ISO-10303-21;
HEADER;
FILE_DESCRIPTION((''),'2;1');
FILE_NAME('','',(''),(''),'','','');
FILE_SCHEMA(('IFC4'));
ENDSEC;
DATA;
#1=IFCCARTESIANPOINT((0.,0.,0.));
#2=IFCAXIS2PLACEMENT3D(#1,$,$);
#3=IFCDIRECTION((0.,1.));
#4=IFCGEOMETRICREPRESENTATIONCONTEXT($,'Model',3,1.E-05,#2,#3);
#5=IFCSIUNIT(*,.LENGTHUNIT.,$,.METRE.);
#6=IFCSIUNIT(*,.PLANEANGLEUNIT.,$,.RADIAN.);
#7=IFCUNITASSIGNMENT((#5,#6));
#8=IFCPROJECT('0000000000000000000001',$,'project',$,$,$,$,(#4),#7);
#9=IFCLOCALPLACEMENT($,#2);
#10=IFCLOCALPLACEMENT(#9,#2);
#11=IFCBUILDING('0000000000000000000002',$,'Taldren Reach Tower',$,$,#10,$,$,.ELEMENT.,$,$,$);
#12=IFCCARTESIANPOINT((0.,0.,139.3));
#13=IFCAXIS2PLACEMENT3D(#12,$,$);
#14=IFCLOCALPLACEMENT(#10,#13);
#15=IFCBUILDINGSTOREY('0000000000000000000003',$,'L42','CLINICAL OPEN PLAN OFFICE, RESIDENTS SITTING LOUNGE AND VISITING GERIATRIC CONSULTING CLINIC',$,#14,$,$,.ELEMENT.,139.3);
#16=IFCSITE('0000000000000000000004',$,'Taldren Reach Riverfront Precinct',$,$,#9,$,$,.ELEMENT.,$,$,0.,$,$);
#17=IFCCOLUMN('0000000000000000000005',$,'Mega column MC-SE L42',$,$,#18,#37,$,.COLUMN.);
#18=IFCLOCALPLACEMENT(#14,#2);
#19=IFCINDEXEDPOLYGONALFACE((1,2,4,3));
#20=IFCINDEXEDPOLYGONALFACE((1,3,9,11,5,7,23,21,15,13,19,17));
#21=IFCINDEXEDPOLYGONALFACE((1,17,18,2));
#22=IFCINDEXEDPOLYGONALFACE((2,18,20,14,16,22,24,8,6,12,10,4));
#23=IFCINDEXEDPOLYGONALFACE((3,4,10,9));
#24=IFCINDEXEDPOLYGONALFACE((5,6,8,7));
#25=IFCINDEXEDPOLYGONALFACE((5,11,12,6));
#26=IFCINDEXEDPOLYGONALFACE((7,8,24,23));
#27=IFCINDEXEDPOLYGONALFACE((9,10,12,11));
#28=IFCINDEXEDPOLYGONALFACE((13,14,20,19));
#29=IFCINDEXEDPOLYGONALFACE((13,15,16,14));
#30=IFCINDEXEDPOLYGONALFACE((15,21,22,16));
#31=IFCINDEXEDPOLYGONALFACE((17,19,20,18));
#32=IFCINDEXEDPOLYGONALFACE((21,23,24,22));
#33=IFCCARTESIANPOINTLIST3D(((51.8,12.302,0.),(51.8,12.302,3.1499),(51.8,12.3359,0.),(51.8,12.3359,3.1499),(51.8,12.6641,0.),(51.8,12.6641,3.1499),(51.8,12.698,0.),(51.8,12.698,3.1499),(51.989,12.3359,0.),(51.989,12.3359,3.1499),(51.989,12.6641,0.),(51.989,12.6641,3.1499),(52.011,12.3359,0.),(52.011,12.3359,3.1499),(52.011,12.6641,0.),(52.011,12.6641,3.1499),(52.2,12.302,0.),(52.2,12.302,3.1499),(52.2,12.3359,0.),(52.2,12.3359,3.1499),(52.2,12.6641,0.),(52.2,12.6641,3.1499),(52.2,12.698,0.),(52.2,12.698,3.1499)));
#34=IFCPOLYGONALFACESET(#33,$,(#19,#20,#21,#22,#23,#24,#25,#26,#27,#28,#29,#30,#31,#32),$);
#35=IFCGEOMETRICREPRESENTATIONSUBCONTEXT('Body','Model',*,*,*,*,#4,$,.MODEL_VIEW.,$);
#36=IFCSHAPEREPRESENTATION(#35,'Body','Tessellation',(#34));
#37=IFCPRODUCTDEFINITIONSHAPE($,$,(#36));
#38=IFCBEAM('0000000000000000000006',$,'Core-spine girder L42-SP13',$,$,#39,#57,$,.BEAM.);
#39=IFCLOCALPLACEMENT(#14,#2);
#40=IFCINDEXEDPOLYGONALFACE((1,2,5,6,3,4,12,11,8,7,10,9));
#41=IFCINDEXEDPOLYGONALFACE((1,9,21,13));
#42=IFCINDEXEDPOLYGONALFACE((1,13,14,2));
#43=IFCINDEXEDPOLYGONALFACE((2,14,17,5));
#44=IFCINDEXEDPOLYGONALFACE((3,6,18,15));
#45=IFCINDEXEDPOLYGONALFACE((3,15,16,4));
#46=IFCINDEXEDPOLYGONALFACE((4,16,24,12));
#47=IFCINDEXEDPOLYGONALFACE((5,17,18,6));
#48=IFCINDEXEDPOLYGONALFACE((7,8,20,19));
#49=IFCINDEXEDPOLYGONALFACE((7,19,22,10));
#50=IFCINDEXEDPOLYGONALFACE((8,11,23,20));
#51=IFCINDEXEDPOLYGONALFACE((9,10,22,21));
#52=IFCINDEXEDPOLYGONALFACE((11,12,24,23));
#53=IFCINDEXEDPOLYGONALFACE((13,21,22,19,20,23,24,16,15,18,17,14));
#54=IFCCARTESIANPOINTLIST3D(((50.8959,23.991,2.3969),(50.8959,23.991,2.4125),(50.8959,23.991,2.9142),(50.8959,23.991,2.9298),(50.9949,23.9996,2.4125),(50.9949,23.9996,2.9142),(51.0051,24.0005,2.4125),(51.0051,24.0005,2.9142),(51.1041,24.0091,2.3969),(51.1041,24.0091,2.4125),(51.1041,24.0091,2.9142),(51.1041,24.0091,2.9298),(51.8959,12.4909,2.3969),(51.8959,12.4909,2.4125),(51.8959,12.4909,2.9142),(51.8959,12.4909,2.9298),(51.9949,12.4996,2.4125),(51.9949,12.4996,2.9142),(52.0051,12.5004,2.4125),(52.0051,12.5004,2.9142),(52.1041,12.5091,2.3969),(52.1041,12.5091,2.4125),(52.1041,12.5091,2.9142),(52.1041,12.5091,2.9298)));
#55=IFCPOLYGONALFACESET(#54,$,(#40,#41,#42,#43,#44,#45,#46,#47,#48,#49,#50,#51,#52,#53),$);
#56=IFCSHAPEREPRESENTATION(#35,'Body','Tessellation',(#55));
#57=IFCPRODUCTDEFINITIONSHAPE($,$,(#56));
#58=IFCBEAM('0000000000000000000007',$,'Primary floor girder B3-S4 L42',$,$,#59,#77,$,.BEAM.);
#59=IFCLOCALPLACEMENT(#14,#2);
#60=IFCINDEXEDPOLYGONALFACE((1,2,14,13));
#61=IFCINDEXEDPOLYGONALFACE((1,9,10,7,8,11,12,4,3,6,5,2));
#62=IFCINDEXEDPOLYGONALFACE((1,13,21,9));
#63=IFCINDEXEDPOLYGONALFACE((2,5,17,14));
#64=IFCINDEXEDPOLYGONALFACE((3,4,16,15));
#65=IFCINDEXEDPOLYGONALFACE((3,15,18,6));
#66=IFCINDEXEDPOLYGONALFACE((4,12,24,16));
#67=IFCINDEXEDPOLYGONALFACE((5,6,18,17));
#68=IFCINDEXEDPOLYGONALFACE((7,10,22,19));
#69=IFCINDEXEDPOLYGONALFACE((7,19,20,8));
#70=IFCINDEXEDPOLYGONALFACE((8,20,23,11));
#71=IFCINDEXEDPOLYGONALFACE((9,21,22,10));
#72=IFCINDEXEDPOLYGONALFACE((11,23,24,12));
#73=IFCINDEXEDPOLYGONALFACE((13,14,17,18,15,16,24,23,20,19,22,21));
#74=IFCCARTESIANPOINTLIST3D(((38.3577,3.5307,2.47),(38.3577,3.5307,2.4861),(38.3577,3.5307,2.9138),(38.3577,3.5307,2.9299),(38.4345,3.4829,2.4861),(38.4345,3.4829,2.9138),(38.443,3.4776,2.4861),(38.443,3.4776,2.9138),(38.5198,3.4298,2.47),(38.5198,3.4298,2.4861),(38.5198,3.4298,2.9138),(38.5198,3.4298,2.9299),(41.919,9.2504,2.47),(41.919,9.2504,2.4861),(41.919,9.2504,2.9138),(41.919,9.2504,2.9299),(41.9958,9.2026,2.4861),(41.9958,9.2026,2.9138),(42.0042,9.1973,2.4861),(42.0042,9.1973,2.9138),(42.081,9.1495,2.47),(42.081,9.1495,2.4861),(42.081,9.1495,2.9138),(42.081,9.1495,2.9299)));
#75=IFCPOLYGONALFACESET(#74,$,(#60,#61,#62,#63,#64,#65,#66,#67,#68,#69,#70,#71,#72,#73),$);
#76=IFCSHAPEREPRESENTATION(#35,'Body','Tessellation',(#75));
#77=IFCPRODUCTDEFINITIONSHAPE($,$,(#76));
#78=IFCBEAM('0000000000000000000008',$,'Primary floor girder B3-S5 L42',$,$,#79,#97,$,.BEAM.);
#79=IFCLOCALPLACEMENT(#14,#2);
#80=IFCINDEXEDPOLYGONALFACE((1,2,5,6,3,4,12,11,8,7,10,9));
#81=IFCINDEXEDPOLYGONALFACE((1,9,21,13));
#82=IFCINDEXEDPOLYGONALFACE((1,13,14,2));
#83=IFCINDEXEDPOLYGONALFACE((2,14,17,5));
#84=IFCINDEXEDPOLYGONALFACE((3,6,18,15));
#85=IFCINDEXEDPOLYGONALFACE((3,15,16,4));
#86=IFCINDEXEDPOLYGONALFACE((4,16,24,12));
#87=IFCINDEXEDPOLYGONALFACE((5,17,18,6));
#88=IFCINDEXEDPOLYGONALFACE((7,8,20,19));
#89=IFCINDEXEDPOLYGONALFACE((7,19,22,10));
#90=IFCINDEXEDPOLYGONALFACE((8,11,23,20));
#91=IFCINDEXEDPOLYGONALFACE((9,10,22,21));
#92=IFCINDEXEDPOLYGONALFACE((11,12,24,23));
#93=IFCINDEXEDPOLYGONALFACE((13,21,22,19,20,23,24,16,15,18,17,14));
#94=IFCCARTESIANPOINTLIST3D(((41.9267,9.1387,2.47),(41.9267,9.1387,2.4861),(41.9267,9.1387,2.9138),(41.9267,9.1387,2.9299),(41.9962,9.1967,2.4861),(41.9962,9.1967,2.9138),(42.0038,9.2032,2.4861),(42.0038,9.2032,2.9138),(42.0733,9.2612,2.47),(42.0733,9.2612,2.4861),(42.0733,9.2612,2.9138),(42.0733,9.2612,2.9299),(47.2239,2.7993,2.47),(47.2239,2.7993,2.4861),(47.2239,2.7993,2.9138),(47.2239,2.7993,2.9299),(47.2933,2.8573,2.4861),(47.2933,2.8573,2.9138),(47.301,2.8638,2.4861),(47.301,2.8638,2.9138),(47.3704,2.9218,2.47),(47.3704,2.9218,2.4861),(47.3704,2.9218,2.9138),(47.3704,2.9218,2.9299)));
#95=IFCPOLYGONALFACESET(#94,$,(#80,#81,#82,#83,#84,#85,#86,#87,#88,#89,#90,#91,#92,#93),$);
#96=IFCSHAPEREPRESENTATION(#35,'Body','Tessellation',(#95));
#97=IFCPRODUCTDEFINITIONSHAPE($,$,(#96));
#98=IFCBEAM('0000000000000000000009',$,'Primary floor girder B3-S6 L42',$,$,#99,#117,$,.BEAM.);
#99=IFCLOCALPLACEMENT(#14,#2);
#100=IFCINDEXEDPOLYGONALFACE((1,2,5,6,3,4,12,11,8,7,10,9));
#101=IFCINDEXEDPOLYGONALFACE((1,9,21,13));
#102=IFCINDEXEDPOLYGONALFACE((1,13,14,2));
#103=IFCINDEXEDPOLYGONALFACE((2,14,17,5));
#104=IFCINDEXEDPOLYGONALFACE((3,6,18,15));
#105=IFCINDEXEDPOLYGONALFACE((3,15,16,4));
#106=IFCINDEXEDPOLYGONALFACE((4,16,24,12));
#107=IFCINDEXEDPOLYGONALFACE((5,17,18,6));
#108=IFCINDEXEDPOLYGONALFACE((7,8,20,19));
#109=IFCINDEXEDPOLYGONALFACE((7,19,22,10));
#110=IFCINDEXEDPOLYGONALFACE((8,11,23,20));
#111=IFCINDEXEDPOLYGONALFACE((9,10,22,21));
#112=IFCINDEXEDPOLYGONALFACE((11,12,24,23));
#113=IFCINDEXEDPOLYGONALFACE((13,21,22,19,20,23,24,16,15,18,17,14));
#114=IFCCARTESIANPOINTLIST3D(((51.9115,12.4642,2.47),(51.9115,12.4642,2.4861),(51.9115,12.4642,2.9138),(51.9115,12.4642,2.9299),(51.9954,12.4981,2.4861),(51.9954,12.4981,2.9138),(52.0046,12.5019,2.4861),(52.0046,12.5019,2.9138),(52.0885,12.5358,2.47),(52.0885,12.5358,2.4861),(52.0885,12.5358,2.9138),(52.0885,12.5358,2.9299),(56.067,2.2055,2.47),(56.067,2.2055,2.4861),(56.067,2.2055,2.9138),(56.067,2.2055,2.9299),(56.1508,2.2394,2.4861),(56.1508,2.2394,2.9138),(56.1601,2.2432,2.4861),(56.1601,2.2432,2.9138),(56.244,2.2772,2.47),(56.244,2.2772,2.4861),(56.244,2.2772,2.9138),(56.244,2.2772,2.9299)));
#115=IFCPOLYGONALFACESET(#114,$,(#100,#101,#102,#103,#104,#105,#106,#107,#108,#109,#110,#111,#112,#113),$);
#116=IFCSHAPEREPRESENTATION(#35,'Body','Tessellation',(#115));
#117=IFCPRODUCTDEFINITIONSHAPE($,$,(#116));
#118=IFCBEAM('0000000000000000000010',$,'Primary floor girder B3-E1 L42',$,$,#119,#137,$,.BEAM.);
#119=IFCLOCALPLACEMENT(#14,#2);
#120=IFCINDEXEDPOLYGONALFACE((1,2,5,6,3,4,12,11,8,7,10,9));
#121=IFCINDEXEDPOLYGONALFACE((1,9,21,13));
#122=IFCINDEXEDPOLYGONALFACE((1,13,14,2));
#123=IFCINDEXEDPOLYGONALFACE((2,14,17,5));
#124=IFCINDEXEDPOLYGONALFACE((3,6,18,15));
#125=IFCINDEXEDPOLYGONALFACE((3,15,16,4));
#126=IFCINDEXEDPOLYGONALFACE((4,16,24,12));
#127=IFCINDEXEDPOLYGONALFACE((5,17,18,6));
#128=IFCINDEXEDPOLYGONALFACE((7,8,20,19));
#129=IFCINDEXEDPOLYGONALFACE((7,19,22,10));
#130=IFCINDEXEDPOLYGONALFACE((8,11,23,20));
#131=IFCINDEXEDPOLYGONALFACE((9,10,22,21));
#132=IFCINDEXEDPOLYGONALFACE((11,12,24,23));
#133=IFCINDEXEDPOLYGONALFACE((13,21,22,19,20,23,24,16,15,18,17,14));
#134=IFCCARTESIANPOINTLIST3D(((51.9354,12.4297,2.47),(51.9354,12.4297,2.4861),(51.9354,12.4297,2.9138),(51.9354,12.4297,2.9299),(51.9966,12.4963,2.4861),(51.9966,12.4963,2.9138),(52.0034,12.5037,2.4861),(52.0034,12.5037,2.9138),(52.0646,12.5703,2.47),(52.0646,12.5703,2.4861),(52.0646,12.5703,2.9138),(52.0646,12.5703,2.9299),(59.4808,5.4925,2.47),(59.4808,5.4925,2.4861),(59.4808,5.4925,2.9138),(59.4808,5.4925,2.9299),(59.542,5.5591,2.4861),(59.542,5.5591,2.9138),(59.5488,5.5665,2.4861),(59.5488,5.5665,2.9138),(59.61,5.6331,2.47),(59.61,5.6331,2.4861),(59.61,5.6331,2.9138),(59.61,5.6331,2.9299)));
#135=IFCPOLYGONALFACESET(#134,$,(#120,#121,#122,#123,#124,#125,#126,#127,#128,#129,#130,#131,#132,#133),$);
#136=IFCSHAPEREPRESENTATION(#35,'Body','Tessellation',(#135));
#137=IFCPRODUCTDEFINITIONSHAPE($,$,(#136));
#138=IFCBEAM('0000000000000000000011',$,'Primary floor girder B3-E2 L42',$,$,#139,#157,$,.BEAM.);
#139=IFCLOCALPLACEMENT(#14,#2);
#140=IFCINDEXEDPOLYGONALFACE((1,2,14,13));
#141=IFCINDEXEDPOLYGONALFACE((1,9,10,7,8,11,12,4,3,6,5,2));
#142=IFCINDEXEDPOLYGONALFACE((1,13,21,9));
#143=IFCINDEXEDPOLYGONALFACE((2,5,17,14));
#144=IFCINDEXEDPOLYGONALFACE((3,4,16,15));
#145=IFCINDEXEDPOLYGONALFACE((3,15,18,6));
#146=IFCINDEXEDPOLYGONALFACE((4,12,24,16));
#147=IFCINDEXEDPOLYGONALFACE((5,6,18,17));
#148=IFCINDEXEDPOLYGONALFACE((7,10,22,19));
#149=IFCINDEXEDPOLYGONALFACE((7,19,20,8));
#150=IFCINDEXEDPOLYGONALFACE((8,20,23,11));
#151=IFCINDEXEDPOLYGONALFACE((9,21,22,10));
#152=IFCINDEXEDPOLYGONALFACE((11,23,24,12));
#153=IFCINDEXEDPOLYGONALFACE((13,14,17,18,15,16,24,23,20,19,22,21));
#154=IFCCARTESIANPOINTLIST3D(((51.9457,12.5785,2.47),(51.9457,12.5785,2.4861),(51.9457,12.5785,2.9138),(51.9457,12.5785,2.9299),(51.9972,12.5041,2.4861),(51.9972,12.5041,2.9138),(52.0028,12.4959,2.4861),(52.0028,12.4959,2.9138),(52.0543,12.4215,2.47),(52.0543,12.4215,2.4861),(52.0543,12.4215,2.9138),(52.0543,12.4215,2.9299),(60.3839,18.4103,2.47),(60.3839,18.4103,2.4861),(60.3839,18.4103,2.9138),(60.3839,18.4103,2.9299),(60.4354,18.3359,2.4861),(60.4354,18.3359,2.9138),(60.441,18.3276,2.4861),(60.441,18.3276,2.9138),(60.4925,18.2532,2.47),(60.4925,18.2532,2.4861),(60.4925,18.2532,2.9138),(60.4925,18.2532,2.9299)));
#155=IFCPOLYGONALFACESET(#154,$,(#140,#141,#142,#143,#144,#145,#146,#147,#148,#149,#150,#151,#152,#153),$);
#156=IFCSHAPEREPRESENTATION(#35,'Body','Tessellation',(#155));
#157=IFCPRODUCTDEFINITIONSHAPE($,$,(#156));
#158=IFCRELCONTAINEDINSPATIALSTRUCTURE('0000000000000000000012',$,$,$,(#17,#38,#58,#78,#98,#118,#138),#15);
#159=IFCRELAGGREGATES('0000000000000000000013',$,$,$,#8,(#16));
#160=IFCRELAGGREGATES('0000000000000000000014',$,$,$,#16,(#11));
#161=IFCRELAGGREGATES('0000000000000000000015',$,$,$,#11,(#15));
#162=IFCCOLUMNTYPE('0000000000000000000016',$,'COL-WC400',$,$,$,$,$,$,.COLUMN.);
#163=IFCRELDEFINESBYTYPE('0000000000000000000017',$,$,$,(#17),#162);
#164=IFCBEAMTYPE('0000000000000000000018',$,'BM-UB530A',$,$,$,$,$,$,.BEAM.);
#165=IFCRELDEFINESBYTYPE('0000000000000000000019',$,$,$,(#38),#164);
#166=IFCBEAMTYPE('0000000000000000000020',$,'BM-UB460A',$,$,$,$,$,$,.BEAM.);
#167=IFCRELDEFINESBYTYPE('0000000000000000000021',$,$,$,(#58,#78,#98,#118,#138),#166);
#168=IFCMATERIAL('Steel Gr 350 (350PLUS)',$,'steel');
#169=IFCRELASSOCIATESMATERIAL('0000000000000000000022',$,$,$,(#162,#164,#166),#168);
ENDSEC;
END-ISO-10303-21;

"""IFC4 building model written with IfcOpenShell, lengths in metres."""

from ifc_helpers import new_model, si_unit, direction, frame, origin, origin_2d, place, context, subcontext, project, spatial, i_section, extrude, source, transform, mapped, material, material_profile, profile_set, type_object, element, save


model = new_model("IFC4")

# Units and contexts
model_context = context("Model", 3, precision=1e-05, world=origin(), true_north=direction((0.0, 1.0)))
body_context = subcontext(model_context, "Body", "Model", "MODEL_VIEW")
ifc_project = project(units=[si_unit("LENGTHUNIT", "METRE"), si_unit("PLANEANGLEUNIT", "RADIAN")], contexts=[model_context])

# Site, building, storey
site_placement = place(None, origin())
site = spatial("IfcSite", under=ifc_project, at=site_placement, Name="Taldren Reach Riverfront Precinct", CompositionType="ELEMENT", RefElevation=0.0)
building_placement = place(site_placement, origin())
building = spatial("IfcBuilding", under=site, at=building_placement, Name="Taldren Reach Tower", CompositionType="ELEMENT")
storey_placement = place(building_placement, frame((0.0, 0.0, 139.3)))
storey = spatial("IfcBuildingStorey", under=building, at=storey_placement, Name="L42", Description="CLINICAL OPEN PLAN OFFICE, RESIDENTS SITTING LOUNGE AND VISITING GERIATRIC CONSULTING CLINIC", CompositionType="ELEMENT", Elevation=139.3)

# Column
ifc_material_1 = material(Name="Steel Gr 350 (350PLUS)", Category="steel")
ifc_material_profile_1 = material_profile(ifc_material_1, i_section(OverallWidth=0.3999, OverallDepth=0.396, WebThickness=0.022, FlangeThickness=0.0339, at=origin_2d()), Name="400WC270")
ifc_profile_set_1 = profile_set([ifc_material_profile_1], Name="Steel Gr 350 (350PLUS)")
column_type = type_object("IfcColumnType", Name="COL-WC400", PredefinedType="COLUMN", material=ifc_profile_set_1)
shared_shape_1 = source(origin(), body_context, "Body", "SweptSolid", [
    extrude(i_section(OverallWidth=0.3999, OverallDepth=0.396, WebThickness=0.022, FlangeThickness=0.0339, at=origin_2d()), origin(), (0.0, 0.0, 1.0), 3.1499),
])
column_placement = place(storey_placement, frame((52.0, 12.5, 0.0), z_axis=(0.0, 0.0, 1.0), x_axis=(1.0, 0.0, 0.0)))
element("IfcColumn", 1, at=column_placement, inside=storey, type_object=column_type, Name="Mega column MC-SE L42", PredefinedType="COLUMN", context=body_context, shape_type="MappedRepresentation", body=[
    mapped(shared_shape_1, transform((0.0, 0.0, 0.0), scale=1.0)),
])

# Beams
ifc_material_profile_2 = material_profile(ifc_material_1, i_section(OverallWidth=0.209, OverallDepth=0.533, WebThickness=0.0103, FlangeThickness=0.0156, at=origin_2d()), Name="530UB92.4")
ifc_profile_set_2 = profile_set([ifc_material_profile_2], Name="Steel Gr 350 (350PLUS)")
beam_type_1 = type_object("IfcBeamType", Name="BM-UB530A", PredefinedType="BEAM", material=ifc_profile_set_2)
shared_shape_2 = source(origin(), body_context, "Body", "SweptSolid", [
    extrude(i_section(OverallWidth=0.209, OverallDepth=0.533, WebThickness=0.0103, FlangeThickness=0.0156, at=origin_2d()), origin(), (0.0, 0.0, 1.0), 11.5435),
])
beam_1_placement = place(storey_placement, frame((52.0, 12.5, 2.6633), z_axis=(-0.08663, 0.996241, 0.0), x_axis=(-0.996241, -0.08663, 0.0)))
element("IfcBeam", 2, at=beam_1_placement, inside=storey, type_object=beam_type_1, Name="Core-spine girder L42-SP13", PredefinedType="BEAM", context=body_context, shape_type="MappedRepresentation", body=[
    mapped(shared_shape_2, transform((0.0, 0.0, 0.0), scale=1.0)),
])
ifc_material_profile_3 = material_profile(ifc_material_1, i_section(OverallWidth=0.1909, OverallDepth=0.46, WebThickness=0.01, FlangeThickness=0.0161, at=origin_2d()), Name="460UB82.1")
ifc_profile_set_3 = profile_set([ifc_material_profile_3], Name="Steel Gr 350 (350PLUS)")
beam_type_2 = type_object("IfcBeamType", Name="BM-UB460A", PredefinedType="BEAM", material=ifc_profile_set_3)
shared_shape_3 = source(origin(), body_context, "Body", "SweptSolid", [
    extrude(i_section(OverallWidth=0.1909, OverallDepth=0.46, WebThickness=0.01, FlangeThickness=0.0161, at=origin_2d()), origin(), (0.0, 0.0, 1.0), 6.7378),
])
beam_2_placement = place(storey_placement, frame((42.0, 9.2, 2.7), z_axis=(-0.528552, -0.848901, 0.0), x_axis=(0.848901, -0.528552, 0.0)))
element("IfcBeam", 3, at=beam_2_placement, inside=storey, type_object=beam_type_2, Name="Primary floor girder B3-S4 L42", PredefinedType="BEAM", context=body_context, shape_type="MappedRepresentation", body=[
    mapped(shared_shape_3, transform((0.0, 0.0, 0.0), scale=1.0)),
])
shared_shape_4 = source(origin(), body_context, "Body", "SweptSolid", [
    extrude(i_section(OverallWidth=0.1909, OverallDepth=0.46, WebThickness=0.01, FlangeThickness=0.0161, at=origin_2d()), origin(), (0.0, 0.0, 1.0), 8.2612),
])
beam_3_placement = place(storey_placement, frame((42.0, 9.2, 2.7), z_axis=(0.641207, -0.767368, 0.0), x_axis=(0.767368, 0.641207, 0.0)))
element("IfcBeam", 4, at=beam_3_placement, inside=storey, type_object=beam_type_2, Name="Primary floor girder B3-S5 L42", PredefinedType="BEAM", context=body_context, shape_type="MappedRepresentation", body=[
    mapped(shared_shape_4, transform((0.0, 0.0, 0.0), scale=1.0)),
])
shared_shape_5 = source(origin(), body_context, "Body", "SweptSolid", [
    extrude(i_section(OverallWidth=0.1909, OverallDepth=0.46, WebThickness=0.01, FlangeThickness=0.0161, at=origin_2d()), origin(), (0.0, 0.0, 1.0), 11.0684),
])
beam_4_placement = place(storey_placement, frame((52.0, 12.5, 2.7), z_axis=(0.375437, -0.926848, 0.0), x_axis=(0.926848, 0.375437, 0.0)))
element("IfcBeam", 5, at=beam_4_placement, inside=storey, type_object=beam_type_2, Name="Primary floor girder B3-S6 L42", PredefinedType="BEAM", context=body_context, shape_type="MappedRepresentation", body=[
    mapped(shared_shape_5, transform((0.0, 0.0, 0.0), scale=1.0)),
])
shared_shape_6 = source(origin(), body_context, "Body", "SweptSolid", [
    extrude(i_section(OverallWidth=0.1909, OverallDepth=0.46, WebThickness=0.01, FlangeThickness=0.0161, at=origin_2d()), origin(), (0.0, 0.0, 1.0), 10.2498),
])
beam_5_placement = place(storey_placement, frame((52.0, 12.5, 2.7), z_axis=(0.736151, -0.676818, 0.0), x_axis=(0.676818, 0.736151, 0.0)))
element("IfcBeam", 6, at=beam_5_placement, inside=storey, type_object=beam_type_2, Name="Primary floor girder B3-E1 L42", PredefinedType="BEAM", context=body_context, shape_type="MappedRepresentation", body=[
    mapped(shared_shape_6, transform((0.0, 0.0, 0.0), scale=1.0)),
])
shared_shape_7 = source(origin(), body_context, "Body", "SweptSolid", [
    extrude(i_section(OverallWidth=0.1909, OverallDepth=0.46, WebThickness=0.01, FlangeThickness=0.0161, at=origin_2d()), origin(), (0.0, 0.0, 1.0), 10.2573),
])
beam_6_placement = place(storey_placement, frame((52.0, 12.5, 2.7), z_axis=(0.822651, 0.568546, 0.0), x_axis=(-0.568546, 0.822651, 0.0)))
element("IfcBeam", 7, at=beam_6_placement, inside=storey, type_object=beam_type_2, Name="Primary floor girder B3-E2 L42", PredefinedType="BEAM", context=body_context, shape_type="MappedRepresentation", body=[
    mapped(shared_shape_7, transform((0.0, 0.0, 0.0), scale=1.0)),
])

save(model, "model.ifc")
